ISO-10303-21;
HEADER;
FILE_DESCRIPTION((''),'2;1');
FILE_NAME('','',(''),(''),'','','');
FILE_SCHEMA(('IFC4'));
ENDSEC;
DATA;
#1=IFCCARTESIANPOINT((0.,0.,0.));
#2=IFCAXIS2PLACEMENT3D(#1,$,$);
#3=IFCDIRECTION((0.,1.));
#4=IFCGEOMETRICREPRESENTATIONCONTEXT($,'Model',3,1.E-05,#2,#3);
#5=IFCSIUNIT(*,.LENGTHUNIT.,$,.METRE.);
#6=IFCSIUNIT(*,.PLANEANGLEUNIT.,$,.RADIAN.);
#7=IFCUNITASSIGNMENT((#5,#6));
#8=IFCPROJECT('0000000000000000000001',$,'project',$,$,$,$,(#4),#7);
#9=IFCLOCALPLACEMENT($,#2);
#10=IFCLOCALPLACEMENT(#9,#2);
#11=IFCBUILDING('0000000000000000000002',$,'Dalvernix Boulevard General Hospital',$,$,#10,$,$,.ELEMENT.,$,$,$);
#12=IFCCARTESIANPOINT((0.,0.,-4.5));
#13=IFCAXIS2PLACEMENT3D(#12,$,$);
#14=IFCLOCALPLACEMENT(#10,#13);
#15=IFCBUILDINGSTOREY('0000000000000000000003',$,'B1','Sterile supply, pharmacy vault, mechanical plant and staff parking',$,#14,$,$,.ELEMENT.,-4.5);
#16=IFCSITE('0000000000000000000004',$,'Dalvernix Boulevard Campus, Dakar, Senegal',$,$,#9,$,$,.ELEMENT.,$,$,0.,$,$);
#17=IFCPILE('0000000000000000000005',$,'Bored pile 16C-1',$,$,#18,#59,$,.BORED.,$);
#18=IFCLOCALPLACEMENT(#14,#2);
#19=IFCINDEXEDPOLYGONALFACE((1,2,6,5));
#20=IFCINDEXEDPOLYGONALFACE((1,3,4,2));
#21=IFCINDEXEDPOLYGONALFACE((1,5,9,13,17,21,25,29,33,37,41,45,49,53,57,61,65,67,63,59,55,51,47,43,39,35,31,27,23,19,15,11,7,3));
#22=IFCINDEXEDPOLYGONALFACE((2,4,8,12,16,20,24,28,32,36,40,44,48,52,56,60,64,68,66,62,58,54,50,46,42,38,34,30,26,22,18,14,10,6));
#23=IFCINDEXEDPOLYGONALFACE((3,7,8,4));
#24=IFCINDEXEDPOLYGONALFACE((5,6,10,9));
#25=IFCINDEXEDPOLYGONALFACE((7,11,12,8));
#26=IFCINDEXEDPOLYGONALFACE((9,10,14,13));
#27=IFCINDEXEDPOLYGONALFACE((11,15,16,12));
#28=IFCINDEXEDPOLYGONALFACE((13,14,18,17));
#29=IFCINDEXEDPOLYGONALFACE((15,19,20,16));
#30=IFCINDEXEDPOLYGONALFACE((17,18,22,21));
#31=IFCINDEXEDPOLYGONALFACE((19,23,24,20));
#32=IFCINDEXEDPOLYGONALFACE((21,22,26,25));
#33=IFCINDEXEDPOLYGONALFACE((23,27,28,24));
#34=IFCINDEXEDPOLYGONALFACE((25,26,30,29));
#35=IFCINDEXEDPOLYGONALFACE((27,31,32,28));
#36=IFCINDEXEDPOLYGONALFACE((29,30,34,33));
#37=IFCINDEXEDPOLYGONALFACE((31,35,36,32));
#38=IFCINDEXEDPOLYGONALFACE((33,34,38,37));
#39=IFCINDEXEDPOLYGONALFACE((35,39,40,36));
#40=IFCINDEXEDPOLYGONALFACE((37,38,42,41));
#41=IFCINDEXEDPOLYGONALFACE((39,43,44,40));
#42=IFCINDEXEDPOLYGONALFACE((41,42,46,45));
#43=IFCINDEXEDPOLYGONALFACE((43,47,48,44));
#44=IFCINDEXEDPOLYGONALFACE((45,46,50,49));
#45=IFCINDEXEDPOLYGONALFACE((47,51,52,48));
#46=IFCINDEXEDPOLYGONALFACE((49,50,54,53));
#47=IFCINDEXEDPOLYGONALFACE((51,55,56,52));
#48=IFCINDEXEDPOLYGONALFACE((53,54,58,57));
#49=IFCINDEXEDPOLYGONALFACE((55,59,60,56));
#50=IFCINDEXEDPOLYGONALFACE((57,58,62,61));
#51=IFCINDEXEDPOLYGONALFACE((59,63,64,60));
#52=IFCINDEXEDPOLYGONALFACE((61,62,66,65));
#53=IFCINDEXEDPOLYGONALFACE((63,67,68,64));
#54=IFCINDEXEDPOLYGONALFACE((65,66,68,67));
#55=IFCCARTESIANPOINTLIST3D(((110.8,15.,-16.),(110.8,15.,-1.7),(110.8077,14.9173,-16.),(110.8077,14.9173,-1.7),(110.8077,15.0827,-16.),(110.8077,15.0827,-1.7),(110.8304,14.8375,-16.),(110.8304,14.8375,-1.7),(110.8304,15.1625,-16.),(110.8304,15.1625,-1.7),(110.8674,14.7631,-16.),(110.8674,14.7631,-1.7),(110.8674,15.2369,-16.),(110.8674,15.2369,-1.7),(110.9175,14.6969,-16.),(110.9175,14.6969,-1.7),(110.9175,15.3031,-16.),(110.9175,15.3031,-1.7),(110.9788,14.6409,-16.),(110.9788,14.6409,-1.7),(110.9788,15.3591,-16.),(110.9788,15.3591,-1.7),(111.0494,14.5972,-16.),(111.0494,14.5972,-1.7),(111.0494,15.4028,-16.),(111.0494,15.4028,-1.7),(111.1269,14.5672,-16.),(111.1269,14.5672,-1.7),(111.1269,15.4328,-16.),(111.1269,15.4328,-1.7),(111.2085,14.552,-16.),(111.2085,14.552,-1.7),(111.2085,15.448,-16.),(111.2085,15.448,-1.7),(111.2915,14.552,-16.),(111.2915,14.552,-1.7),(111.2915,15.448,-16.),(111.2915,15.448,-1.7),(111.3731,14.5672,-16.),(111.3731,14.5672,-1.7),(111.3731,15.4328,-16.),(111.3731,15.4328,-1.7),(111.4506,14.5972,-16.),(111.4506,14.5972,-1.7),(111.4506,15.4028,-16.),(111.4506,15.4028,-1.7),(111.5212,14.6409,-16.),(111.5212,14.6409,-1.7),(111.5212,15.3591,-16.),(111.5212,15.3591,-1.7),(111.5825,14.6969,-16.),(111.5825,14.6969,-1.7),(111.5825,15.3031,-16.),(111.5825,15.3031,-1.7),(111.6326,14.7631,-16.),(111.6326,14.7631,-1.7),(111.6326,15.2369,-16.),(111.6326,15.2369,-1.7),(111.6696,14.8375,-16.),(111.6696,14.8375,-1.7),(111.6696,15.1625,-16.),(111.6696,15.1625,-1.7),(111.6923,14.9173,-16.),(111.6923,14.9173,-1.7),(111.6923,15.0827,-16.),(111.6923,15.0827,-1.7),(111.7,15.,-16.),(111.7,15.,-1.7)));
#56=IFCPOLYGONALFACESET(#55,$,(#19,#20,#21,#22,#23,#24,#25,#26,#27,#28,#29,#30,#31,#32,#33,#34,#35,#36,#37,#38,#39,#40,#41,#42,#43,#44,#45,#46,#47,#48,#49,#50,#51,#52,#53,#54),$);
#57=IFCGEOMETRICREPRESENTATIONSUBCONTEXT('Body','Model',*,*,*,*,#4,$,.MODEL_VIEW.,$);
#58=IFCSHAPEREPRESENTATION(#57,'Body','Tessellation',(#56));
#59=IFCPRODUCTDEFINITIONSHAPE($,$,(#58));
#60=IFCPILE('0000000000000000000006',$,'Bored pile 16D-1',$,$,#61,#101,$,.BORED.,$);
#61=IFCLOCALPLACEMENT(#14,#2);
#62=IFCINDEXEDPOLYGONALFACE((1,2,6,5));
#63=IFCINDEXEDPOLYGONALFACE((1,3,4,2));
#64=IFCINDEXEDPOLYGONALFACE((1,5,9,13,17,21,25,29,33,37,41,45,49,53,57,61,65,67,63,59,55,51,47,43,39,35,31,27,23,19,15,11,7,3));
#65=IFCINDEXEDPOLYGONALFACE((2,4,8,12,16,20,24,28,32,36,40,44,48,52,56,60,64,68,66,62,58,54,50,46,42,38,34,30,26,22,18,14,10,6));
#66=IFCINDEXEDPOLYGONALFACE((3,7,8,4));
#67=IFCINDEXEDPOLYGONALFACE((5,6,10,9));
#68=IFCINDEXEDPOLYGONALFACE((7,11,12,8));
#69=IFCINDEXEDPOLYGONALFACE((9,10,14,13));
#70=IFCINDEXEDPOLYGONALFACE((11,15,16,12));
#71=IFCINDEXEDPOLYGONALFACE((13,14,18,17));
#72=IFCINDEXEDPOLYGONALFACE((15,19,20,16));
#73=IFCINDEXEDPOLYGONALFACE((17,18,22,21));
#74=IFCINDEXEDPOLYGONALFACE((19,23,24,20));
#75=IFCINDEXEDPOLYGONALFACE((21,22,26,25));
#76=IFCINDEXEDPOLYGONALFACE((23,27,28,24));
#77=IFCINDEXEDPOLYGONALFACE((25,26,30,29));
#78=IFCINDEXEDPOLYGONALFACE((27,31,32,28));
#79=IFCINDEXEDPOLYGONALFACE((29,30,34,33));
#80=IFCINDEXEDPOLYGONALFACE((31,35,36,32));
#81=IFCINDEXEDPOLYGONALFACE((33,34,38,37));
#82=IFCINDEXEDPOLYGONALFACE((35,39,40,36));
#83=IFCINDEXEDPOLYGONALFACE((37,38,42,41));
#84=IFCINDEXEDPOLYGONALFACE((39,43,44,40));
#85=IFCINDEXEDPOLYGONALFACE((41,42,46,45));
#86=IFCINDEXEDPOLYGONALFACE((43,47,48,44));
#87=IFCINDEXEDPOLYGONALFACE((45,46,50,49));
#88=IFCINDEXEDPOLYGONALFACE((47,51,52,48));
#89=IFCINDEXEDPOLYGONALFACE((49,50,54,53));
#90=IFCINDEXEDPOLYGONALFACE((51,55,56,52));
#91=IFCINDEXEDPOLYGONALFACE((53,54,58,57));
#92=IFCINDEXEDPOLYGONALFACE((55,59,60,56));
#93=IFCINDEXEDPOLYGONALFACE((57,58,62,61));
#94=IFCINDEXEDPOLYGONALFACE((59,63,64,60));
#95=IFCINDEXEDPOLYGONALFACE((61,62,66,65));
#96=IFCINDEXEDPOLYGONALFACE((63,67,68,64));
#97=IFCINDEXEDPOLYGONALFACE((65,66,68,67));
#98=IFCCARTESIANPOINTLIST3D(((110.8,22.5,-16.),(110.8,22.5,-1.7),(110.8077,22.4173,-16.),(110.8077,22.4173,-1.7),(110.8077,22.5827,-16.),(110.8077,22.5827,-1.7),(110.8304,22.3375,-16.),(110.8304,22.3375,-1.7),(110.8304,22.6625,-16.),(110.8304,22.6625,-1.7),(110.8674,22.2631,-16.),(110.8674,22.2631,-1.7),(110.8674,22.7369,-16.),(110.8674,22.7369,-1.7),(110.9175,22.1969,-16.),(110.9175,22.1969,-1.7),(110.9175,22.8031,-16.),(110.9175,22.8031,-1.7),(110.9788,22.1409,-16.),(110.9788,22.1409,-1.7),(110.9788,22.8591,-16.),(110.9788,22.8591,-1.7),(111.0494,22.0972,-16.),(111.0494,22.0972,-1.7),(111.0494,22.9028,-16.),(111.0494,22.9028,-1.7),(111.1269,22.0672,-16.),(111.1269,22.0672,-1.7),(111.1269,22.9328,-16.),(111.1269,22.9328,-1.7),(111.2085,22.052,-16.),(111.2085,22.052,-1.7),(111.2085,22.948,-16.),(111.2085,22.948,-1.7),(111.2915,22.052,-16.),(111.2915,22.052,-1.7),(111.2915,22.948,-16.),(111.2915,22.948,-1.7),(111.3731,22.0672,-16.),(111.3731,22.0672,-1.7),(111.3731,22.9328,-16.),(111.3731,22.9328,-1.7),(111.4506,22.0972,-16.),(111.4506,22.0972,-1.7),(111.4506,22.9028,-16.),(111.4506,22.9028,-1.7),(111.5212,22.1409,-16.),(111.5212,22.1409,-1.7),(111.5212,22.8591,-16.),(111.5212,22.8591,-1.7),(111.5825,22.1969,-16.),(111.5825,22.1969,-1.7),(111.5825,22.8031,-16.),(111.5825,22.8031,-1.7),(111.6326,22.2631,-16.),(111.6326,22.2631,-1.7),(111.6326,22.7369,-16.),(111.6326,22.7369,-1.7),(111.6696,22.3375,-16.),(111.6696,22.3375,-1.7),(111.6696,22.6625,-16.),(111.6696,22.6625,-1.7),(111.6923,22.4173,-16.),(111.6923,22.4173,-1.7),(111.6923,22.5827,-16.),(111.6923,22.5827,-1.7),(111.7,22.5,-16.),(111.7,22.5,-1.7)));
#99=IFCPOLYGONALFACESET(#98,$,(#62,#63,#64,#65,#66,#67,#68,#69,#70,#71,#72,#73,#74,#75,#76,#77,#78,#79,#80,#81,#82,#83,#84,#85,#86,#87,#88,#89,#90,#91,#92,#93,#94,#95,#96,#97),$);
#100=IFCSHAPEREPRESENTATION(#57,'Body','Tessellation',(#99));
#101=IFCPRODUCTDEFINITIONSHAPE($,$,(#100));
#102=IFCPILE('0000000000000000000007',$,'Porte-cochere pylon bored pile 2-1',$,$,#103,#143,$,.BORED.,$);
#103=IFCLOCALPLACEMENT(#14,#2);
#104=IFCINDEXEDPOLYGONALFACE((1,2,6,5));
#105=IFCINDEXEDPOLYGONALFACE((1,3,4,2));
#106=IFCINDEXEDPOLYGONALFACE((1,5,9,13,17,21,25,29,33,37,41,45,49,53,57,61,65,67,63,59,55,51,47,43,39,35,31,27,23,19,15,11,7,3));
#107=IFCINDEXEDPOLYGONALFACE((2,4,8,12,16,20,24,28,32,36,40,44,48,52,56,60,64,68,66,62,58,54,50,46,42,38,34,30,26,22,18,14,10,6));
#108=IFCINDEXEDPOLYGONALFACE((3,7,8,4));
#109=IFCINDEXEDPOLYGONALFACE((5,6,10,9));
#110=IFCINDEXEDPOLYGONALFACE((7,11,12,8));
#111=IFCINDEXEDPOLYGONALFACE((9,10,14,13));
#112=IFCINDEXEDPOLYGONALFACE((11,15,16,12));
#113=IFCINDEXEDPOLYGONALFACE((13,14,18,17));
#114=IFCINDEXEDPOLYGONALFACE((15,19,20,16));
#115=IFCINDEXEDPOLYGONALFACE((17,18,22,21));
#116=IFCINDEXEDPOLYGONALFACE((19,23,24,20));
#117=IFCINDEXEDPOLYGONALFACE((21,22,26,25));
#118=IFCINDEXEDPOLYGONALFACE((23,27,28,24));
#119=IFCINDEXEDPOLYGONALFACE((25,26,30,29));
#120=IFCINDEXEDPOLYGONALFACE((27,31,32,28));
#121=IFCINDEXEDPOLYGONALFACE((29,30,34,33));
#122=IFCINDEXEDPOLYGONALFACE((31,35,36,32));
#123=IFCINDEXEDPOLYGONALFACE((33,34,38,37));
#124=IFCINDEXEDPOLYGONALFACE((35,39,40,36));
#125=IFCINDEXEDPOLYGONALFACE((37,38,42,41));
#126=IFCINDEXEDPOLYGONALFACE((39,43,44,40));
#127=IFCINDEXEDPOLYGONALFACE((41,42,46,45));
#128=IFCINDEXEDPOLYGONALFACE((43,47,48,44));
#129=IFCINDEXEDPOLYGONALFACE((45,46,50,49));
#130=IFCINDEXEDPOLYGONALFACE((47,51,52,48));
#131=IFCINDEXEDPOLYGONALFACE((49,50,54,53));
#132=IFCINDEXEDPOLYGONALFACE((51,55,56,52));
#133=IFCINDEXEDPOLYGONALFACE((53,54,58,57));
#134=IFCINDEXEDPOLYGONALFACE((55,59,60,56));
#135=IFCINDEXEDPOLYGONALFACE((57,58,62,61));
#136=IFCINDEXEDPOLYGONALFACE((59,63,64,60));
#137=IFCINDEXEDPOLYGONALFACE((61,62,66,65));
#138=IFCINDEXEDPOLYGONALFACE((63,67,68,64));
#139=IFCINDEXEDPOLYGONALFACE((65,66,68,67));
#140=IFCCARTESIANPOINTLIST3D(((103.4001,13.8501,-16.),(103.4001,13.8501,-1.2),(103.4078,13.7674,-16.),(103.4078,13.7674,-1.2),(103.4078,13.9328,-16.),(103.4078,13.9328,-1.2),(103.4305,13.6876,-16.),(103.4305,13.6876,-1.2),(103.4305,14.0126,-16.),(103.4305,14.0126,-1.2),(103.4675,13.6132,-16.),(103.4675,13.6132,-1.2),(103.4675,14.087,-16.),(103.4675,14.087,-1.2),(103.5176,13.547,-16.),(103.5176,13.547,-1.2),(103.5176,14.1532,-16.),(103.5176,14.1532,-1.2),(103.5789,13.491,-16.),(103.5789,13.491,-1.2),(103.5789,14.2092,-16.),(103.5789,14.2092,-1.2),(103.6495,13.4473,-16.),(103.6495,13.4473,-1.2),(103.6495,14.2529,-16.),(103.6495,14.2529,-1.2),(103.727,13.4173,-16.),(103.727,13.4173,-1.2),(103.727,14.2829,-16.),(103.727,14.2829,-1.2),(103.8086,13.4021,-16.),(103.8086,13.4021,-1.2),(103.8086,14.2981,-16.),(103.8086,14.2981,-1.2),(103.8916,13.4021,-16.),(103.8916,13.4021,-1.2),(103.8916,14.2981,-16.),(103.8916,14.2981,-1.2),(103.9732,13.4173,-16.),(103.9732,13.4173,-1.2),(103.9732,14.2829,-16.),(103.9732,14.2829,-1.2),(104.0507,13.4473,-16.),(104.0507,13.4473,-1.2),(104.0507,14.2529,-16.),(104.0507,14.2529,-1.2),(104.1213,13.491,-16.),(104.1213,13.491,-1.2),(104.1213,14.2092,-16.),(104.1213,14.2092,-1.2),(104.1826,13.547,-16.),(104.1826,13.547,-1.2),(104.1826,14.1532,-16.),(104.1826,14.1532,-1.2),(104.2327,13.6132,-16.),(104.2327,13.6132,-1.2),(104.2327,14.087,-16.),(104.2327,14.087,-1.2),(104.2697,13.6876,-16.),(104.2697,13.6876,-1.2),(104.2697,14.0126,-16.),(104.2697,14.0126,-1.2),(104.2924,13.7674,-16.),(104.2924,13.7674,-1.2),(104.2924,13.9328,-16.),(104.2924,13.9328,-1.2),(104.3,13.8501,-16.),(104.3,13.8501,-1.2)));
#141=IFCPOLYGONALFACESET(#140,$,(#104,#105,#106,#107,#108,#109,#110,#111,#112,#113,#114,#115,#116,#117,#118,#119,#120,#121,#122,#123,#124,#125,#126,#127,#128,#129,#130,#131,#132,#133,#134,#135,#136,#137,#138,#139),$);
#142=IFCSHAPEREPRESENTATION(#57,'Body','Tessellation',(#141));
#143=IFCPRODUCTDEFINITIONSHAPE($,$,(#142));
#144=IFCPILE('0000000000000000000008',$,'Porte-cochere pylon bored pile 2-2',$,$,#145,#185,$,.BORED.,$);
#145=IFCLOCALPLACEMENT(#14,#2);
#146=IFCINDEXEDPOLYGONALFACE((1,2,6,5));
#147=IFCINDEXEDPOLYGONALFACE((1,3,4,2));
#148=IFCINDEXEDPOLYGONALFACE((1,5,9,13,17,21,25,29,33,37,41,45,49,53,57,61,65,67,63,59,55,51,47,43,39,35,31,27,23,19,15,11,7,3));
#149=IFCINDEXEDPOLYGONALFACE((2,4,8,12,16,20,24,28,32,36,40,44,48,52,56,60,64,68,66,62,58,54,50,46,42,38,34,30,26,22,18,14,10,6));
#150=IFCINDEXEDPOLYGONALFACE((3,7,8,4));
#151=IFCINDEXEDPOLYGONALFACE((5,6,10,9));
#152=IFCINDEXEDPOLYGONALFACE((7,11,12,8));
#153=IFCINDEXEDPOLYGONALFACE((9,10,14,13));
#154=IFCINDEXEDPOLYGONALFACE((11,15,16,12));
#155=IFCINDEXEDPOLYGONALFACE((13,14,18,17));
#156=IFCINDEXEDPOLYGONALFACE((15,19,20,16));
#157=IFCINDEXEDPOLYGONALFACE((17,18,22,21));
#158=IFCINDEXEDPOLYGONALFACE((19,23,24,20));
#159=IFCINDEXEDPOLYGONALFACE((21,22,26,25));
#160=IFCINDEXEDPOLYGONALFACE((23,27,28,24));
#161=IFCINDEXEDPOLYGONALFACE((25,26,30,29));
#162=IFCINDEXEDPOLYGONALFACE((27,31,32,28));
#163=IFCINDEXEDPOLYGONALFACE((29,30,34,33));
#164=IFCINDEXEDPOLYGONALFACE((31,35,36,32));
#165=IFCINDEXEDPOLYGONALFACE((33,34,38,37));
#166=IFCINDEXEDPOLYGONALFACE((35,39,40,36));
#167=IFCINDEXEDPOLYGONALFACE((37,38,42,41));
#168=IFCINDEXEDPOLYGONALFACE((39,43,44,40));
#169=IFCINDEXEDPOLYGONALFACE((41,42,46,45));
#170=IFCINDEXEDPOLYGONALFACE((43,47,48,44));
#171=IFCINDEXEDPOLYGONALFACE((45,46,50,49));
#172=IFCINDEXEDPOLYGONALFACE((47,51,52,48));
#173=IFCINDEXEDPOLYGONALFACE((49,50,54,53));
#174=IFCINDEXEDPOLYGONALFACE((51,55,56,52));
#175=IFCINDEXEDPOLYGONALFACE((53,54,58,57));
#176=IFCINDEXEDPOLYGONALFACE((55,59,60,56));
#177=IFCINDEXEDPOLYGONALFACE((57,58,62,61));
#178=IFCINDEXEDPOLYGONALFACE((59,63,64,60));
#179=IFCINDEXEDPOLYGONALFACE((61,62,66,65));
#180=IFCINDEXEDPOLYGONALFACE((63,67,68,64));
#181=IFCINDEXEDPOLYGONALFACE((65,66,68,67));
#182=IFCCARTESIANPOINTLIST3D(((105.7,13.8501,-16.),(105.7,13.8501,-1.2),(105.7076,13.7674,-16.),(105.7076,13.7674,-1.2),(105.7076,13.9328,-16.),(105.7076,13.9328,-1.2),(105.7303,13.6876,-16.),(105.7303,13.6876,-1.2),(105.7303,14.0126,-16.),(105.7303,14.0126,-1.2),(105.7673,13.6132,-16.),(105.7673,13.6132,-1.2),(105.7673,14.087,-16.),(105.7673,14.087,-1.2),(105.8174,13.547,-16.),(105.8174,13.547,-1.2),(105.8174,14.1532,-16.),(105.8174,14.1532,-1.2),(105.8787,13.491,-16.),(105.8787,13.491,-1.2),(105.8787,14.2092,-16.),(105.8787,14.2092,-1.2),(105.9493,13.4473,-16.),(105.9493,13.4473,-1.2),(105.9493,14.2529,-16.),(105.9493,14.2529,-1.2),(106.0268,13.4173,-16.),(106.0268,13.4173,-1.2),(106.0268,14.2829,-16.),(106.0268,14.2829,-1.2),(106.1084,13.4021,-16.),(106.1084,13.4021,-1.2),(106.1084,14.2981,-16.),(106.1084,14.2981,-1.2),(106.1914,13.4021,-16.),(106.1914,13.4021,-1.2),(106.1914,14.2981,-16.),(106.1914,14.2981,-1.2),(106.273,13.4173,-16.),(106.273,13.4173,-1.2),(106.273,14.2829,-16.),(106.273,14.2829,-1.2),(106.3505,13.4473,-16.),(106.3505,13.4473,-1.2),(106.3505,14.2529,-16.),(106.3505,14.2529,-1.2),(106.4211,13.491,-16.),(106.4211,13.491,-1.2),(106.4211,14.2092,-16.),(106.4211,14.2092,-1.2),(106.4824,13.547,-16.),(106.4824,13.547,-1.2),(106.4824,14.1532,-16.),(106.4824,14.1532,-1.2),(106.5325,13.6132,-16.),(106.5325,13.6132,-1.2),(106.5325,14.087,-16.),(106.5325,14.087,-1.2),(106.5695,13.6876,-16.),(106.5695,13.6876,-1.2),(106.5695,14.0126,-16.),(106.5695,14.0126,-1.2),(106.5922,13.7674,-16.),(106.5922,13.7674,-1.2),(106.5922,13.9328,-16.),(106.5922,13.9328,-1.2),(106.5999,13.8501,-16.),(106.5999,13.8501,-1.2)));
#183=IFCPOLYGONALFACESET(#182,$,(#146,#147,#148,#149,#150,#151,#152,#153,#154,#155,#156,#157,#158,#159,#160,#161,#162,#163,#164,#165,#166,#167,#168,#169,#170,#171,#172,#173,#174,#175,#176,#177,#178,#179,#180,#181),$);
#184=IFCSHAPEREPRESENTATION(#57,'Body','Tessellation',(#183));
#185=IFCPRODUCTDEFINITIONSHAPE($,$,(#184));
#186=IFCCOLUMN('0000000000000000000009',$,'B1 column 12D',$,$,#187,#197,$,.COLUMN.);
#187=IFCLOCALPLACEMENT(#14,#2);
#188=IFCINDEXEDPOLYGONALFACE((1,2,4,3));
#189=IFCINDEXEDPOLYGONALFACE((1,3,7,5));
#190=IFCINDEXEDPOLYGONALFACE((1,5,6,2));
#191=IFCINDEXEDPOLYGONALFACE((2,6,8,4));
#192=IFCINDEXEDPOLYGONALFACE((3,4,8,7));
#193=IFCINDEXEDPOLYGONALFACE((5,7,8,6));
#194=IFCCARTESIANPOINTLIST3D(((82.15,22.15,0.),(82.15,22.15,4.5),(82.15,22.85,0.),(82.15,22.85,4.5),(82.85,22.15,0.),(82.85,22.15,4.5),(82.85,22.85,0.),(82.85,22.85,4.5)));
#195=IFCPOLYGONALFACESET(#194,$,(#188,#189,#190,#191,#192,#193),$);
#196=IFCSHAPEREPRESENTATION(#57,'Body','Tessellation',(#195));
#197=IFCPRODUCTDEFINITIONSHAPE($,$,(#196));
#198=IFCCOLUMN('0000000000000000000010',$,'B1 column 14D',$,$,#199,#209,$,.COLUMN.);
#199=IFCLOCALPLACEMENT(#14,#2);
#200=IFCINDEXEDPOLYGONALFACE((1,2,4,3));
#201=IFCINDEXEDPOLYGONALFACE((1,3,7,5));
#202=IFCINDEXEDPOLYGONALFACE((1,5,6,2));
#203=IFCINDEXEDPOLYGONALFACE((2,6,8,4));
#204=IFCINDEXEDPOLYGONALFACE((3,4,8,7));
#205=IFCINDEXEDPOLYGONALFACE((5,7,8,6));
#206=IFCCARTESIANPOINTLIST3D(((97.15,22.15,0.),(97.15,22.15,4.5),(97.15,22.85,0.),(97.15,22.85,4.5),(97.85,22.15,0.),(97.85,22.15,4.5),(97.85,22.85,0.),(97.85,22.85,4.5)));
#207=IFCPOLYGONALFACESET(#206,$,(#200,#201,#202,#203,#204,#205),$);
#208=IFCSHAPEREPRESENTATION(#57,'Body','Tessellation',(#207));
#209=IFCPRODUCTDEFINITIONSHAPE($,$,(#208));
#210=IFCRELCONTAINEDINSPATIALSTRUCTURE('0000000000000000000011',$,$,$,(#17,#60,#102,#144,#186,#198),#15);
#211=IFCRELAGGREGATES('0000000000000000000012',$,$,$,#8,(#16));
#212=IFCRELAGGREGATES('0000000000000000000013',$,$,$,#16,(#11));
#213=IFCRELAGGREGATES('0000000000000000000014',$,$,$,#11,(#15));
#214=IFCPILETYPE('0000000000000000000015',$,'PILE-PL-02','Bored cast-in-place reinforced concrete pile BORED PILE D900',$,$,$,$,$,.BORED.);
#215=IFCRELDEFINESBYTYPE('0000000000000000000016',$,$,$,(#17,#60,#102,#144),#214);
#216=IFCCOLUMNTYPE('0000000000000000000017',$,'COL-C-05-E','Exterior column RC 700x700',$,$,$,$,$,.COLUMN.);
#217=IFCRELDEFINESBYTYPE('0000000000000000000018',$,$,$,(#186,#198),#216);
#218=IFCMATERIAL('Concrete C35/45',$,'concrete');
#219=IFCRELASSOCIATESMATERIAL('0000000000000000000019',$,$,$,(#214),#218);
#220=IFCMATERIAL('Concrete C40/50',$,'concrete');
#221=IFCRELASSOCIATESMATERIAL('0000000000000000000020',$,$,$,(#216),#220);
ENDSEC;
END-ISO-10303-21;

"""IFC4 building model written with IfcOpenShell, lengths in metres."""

from ifc_helpers import new_model, si_unit, direction, frame, origin, origin_2d, place, context, subcontext, project, spatial, rectangle, circle, extrude, material, material_profile, profile_set, type_object, element, save


model = new_model("IFC4")

# Units and contexts
model_context = context("Model", 3, precision=1e-05, world=origin(), true_north=direction((0.0, 1.0)))
body_context = subcontext(model_context, "Body", "Model", "MODEL_VIEW")
ifc_project = project(units=[si_unit("LENGTHUNIT", "METRE"), si_unit("PLANEANGLEUNIT", "RADIAN")], contexts=[model_context])

# Site, building, storey
site_placement = place(None, origin())
site = spatial("IfcSite", under=ifc_project, at=site_placement, Name="Dalvernix Boulevard Campus, Dakar, Senegal", CompositionType="ELEMENT", RefElevation=0.0)
building_placement = place(site_placement, origin())
building = spatial("IfcBuilding", under=site, at=building_placement, Name="Dalvernix Boulevard General Hospital", CompositionType="ELEMENT")
storey_placement = place(building_placement, frame((0.0, 0.0, -4.5)))
storey = spatial("IfcBuildingStorey", under=building, at=storey_placement, Name="B1", Description="Sterile supply, pharmacy vault, mechanical plant and staff parking", CompositionType="ELEMENT", Elevation=-4.5)

# Shared definitions
ifc_material_1 = material(Name="Concrete C35/45", Category="concrete")
ifc_material_2 = material(Name="Concrete C40/50", Category="concrete")

# Piles
ifc_material_profile_1 = material_profile(ifc_material_1, circle(Radius=0.45, at=origin_2d()), Name="BORED PILE D900")
ifc_profile_set_1 = profile_set([ifc_material_profile_1], Name="Concrete C35/45")
pile_type_1 = type_object("IfcPileType", Name="PILE-PL-02", Description="Bored cast-in-place reinforced concrete pile BORED PILE D900", PredefinedType="BORED", material=ifc_profile_set_1)
for number, where, z_axis, x_axis, name in (
    (1, (111.25, 15.0, -1.7), (0.0, 0.0, -1.0), (1.0, 0.0, 0.0), "Bored pile 16C-1"),
    (2, (111.25, 22.5, -1.7), (0.0, 0.0, -1.0), (1.0, 0.0, 0.0), "Bored pile 16D-1"),
):
    element("IfcPile", number, at=place(storey_placement, frame(where, z_axis=z_axis, x_axis=x_axis)), inside=storey, type_object=pile_type_1, Name=name, PredefinedType="BORED", context=body_context, shape_type="SweptSolid", body=[
        extrude(circle(Radius=0.45, at=origin_2d()), origin(), (0.0, 0.0, 1.0), 14.3),
    ])
for number, where, z_axis, x_axis, name in (
    (3, (103.8501, 13.8501, -1.2), (0.0, 0.0, -1.0), (1.0, 0.0, 0.0), "Porte-cochere pylon bored pile 2-1"),
    (4, (106.1499, 13.8501, -1.2), (0.0, 0.0, -1.0), (1.0, 0.0, 0.0), "Porte-cochere pylon bored pile 2-2"),
):
    element("IfcPile", number, at=place(storey_placement, frame(where, z_axis=z_axis, x_axis=x_axis)), inside=storey, type_object=pile_type_1, Name=name, PredefinedType="BORED", context=body_context, shape_type="SweptSolid", body=[
        extrude(circle(Radius=0.45, at=origin_2d()), origin(), (0.0, 0.0, 1.0), 14.8),
    ])

# Columns
ifc_material_profile_2 = material_profile(ifc_material_2, rectangle(XDim=0.7, YDim=0.7, at=origin_2d()), Name="RC 700x700")
ifc_profile_set_2 = profile_set([ifc_material_profile_2], Name="Concrete C40/50")
column_type_1 = type_object("IfcColumnType", Name="COL-C-05-E", Description="Exterior column RC 700x700", PredefinedType="COLUMN", material=ifc_profile_set_2)
for number, where, z_axis, x_axis, name in (
    (5, (82.5, 22.5, 0.0), (0.0, 0.0, 1.0), (1.0, 0.0, 0.0), "B1 column 12D"),
    (6, (97.5, 22.5, 0.0), (0.0, 0.0, 1.0), (1.0, 0.0, 0.0), "B1 column 14D"),
):
    element("IfcColumn", number, at=place(storey_placement, frame(where, z_axis=z_axis, x_axis=x_axis)), inside=storey, type_object=column_type_1, Name=name, PredefinedType="COLUMN", context=body_context, shape_type="SweptSolid", body=[
        extrude(rectangle(XDim=0.7, YDim=0.7, at=origin_2d()), origin(), (0.0, 0.0, 1.0), 4.5),
    ])

save(model, "model.ifc")
